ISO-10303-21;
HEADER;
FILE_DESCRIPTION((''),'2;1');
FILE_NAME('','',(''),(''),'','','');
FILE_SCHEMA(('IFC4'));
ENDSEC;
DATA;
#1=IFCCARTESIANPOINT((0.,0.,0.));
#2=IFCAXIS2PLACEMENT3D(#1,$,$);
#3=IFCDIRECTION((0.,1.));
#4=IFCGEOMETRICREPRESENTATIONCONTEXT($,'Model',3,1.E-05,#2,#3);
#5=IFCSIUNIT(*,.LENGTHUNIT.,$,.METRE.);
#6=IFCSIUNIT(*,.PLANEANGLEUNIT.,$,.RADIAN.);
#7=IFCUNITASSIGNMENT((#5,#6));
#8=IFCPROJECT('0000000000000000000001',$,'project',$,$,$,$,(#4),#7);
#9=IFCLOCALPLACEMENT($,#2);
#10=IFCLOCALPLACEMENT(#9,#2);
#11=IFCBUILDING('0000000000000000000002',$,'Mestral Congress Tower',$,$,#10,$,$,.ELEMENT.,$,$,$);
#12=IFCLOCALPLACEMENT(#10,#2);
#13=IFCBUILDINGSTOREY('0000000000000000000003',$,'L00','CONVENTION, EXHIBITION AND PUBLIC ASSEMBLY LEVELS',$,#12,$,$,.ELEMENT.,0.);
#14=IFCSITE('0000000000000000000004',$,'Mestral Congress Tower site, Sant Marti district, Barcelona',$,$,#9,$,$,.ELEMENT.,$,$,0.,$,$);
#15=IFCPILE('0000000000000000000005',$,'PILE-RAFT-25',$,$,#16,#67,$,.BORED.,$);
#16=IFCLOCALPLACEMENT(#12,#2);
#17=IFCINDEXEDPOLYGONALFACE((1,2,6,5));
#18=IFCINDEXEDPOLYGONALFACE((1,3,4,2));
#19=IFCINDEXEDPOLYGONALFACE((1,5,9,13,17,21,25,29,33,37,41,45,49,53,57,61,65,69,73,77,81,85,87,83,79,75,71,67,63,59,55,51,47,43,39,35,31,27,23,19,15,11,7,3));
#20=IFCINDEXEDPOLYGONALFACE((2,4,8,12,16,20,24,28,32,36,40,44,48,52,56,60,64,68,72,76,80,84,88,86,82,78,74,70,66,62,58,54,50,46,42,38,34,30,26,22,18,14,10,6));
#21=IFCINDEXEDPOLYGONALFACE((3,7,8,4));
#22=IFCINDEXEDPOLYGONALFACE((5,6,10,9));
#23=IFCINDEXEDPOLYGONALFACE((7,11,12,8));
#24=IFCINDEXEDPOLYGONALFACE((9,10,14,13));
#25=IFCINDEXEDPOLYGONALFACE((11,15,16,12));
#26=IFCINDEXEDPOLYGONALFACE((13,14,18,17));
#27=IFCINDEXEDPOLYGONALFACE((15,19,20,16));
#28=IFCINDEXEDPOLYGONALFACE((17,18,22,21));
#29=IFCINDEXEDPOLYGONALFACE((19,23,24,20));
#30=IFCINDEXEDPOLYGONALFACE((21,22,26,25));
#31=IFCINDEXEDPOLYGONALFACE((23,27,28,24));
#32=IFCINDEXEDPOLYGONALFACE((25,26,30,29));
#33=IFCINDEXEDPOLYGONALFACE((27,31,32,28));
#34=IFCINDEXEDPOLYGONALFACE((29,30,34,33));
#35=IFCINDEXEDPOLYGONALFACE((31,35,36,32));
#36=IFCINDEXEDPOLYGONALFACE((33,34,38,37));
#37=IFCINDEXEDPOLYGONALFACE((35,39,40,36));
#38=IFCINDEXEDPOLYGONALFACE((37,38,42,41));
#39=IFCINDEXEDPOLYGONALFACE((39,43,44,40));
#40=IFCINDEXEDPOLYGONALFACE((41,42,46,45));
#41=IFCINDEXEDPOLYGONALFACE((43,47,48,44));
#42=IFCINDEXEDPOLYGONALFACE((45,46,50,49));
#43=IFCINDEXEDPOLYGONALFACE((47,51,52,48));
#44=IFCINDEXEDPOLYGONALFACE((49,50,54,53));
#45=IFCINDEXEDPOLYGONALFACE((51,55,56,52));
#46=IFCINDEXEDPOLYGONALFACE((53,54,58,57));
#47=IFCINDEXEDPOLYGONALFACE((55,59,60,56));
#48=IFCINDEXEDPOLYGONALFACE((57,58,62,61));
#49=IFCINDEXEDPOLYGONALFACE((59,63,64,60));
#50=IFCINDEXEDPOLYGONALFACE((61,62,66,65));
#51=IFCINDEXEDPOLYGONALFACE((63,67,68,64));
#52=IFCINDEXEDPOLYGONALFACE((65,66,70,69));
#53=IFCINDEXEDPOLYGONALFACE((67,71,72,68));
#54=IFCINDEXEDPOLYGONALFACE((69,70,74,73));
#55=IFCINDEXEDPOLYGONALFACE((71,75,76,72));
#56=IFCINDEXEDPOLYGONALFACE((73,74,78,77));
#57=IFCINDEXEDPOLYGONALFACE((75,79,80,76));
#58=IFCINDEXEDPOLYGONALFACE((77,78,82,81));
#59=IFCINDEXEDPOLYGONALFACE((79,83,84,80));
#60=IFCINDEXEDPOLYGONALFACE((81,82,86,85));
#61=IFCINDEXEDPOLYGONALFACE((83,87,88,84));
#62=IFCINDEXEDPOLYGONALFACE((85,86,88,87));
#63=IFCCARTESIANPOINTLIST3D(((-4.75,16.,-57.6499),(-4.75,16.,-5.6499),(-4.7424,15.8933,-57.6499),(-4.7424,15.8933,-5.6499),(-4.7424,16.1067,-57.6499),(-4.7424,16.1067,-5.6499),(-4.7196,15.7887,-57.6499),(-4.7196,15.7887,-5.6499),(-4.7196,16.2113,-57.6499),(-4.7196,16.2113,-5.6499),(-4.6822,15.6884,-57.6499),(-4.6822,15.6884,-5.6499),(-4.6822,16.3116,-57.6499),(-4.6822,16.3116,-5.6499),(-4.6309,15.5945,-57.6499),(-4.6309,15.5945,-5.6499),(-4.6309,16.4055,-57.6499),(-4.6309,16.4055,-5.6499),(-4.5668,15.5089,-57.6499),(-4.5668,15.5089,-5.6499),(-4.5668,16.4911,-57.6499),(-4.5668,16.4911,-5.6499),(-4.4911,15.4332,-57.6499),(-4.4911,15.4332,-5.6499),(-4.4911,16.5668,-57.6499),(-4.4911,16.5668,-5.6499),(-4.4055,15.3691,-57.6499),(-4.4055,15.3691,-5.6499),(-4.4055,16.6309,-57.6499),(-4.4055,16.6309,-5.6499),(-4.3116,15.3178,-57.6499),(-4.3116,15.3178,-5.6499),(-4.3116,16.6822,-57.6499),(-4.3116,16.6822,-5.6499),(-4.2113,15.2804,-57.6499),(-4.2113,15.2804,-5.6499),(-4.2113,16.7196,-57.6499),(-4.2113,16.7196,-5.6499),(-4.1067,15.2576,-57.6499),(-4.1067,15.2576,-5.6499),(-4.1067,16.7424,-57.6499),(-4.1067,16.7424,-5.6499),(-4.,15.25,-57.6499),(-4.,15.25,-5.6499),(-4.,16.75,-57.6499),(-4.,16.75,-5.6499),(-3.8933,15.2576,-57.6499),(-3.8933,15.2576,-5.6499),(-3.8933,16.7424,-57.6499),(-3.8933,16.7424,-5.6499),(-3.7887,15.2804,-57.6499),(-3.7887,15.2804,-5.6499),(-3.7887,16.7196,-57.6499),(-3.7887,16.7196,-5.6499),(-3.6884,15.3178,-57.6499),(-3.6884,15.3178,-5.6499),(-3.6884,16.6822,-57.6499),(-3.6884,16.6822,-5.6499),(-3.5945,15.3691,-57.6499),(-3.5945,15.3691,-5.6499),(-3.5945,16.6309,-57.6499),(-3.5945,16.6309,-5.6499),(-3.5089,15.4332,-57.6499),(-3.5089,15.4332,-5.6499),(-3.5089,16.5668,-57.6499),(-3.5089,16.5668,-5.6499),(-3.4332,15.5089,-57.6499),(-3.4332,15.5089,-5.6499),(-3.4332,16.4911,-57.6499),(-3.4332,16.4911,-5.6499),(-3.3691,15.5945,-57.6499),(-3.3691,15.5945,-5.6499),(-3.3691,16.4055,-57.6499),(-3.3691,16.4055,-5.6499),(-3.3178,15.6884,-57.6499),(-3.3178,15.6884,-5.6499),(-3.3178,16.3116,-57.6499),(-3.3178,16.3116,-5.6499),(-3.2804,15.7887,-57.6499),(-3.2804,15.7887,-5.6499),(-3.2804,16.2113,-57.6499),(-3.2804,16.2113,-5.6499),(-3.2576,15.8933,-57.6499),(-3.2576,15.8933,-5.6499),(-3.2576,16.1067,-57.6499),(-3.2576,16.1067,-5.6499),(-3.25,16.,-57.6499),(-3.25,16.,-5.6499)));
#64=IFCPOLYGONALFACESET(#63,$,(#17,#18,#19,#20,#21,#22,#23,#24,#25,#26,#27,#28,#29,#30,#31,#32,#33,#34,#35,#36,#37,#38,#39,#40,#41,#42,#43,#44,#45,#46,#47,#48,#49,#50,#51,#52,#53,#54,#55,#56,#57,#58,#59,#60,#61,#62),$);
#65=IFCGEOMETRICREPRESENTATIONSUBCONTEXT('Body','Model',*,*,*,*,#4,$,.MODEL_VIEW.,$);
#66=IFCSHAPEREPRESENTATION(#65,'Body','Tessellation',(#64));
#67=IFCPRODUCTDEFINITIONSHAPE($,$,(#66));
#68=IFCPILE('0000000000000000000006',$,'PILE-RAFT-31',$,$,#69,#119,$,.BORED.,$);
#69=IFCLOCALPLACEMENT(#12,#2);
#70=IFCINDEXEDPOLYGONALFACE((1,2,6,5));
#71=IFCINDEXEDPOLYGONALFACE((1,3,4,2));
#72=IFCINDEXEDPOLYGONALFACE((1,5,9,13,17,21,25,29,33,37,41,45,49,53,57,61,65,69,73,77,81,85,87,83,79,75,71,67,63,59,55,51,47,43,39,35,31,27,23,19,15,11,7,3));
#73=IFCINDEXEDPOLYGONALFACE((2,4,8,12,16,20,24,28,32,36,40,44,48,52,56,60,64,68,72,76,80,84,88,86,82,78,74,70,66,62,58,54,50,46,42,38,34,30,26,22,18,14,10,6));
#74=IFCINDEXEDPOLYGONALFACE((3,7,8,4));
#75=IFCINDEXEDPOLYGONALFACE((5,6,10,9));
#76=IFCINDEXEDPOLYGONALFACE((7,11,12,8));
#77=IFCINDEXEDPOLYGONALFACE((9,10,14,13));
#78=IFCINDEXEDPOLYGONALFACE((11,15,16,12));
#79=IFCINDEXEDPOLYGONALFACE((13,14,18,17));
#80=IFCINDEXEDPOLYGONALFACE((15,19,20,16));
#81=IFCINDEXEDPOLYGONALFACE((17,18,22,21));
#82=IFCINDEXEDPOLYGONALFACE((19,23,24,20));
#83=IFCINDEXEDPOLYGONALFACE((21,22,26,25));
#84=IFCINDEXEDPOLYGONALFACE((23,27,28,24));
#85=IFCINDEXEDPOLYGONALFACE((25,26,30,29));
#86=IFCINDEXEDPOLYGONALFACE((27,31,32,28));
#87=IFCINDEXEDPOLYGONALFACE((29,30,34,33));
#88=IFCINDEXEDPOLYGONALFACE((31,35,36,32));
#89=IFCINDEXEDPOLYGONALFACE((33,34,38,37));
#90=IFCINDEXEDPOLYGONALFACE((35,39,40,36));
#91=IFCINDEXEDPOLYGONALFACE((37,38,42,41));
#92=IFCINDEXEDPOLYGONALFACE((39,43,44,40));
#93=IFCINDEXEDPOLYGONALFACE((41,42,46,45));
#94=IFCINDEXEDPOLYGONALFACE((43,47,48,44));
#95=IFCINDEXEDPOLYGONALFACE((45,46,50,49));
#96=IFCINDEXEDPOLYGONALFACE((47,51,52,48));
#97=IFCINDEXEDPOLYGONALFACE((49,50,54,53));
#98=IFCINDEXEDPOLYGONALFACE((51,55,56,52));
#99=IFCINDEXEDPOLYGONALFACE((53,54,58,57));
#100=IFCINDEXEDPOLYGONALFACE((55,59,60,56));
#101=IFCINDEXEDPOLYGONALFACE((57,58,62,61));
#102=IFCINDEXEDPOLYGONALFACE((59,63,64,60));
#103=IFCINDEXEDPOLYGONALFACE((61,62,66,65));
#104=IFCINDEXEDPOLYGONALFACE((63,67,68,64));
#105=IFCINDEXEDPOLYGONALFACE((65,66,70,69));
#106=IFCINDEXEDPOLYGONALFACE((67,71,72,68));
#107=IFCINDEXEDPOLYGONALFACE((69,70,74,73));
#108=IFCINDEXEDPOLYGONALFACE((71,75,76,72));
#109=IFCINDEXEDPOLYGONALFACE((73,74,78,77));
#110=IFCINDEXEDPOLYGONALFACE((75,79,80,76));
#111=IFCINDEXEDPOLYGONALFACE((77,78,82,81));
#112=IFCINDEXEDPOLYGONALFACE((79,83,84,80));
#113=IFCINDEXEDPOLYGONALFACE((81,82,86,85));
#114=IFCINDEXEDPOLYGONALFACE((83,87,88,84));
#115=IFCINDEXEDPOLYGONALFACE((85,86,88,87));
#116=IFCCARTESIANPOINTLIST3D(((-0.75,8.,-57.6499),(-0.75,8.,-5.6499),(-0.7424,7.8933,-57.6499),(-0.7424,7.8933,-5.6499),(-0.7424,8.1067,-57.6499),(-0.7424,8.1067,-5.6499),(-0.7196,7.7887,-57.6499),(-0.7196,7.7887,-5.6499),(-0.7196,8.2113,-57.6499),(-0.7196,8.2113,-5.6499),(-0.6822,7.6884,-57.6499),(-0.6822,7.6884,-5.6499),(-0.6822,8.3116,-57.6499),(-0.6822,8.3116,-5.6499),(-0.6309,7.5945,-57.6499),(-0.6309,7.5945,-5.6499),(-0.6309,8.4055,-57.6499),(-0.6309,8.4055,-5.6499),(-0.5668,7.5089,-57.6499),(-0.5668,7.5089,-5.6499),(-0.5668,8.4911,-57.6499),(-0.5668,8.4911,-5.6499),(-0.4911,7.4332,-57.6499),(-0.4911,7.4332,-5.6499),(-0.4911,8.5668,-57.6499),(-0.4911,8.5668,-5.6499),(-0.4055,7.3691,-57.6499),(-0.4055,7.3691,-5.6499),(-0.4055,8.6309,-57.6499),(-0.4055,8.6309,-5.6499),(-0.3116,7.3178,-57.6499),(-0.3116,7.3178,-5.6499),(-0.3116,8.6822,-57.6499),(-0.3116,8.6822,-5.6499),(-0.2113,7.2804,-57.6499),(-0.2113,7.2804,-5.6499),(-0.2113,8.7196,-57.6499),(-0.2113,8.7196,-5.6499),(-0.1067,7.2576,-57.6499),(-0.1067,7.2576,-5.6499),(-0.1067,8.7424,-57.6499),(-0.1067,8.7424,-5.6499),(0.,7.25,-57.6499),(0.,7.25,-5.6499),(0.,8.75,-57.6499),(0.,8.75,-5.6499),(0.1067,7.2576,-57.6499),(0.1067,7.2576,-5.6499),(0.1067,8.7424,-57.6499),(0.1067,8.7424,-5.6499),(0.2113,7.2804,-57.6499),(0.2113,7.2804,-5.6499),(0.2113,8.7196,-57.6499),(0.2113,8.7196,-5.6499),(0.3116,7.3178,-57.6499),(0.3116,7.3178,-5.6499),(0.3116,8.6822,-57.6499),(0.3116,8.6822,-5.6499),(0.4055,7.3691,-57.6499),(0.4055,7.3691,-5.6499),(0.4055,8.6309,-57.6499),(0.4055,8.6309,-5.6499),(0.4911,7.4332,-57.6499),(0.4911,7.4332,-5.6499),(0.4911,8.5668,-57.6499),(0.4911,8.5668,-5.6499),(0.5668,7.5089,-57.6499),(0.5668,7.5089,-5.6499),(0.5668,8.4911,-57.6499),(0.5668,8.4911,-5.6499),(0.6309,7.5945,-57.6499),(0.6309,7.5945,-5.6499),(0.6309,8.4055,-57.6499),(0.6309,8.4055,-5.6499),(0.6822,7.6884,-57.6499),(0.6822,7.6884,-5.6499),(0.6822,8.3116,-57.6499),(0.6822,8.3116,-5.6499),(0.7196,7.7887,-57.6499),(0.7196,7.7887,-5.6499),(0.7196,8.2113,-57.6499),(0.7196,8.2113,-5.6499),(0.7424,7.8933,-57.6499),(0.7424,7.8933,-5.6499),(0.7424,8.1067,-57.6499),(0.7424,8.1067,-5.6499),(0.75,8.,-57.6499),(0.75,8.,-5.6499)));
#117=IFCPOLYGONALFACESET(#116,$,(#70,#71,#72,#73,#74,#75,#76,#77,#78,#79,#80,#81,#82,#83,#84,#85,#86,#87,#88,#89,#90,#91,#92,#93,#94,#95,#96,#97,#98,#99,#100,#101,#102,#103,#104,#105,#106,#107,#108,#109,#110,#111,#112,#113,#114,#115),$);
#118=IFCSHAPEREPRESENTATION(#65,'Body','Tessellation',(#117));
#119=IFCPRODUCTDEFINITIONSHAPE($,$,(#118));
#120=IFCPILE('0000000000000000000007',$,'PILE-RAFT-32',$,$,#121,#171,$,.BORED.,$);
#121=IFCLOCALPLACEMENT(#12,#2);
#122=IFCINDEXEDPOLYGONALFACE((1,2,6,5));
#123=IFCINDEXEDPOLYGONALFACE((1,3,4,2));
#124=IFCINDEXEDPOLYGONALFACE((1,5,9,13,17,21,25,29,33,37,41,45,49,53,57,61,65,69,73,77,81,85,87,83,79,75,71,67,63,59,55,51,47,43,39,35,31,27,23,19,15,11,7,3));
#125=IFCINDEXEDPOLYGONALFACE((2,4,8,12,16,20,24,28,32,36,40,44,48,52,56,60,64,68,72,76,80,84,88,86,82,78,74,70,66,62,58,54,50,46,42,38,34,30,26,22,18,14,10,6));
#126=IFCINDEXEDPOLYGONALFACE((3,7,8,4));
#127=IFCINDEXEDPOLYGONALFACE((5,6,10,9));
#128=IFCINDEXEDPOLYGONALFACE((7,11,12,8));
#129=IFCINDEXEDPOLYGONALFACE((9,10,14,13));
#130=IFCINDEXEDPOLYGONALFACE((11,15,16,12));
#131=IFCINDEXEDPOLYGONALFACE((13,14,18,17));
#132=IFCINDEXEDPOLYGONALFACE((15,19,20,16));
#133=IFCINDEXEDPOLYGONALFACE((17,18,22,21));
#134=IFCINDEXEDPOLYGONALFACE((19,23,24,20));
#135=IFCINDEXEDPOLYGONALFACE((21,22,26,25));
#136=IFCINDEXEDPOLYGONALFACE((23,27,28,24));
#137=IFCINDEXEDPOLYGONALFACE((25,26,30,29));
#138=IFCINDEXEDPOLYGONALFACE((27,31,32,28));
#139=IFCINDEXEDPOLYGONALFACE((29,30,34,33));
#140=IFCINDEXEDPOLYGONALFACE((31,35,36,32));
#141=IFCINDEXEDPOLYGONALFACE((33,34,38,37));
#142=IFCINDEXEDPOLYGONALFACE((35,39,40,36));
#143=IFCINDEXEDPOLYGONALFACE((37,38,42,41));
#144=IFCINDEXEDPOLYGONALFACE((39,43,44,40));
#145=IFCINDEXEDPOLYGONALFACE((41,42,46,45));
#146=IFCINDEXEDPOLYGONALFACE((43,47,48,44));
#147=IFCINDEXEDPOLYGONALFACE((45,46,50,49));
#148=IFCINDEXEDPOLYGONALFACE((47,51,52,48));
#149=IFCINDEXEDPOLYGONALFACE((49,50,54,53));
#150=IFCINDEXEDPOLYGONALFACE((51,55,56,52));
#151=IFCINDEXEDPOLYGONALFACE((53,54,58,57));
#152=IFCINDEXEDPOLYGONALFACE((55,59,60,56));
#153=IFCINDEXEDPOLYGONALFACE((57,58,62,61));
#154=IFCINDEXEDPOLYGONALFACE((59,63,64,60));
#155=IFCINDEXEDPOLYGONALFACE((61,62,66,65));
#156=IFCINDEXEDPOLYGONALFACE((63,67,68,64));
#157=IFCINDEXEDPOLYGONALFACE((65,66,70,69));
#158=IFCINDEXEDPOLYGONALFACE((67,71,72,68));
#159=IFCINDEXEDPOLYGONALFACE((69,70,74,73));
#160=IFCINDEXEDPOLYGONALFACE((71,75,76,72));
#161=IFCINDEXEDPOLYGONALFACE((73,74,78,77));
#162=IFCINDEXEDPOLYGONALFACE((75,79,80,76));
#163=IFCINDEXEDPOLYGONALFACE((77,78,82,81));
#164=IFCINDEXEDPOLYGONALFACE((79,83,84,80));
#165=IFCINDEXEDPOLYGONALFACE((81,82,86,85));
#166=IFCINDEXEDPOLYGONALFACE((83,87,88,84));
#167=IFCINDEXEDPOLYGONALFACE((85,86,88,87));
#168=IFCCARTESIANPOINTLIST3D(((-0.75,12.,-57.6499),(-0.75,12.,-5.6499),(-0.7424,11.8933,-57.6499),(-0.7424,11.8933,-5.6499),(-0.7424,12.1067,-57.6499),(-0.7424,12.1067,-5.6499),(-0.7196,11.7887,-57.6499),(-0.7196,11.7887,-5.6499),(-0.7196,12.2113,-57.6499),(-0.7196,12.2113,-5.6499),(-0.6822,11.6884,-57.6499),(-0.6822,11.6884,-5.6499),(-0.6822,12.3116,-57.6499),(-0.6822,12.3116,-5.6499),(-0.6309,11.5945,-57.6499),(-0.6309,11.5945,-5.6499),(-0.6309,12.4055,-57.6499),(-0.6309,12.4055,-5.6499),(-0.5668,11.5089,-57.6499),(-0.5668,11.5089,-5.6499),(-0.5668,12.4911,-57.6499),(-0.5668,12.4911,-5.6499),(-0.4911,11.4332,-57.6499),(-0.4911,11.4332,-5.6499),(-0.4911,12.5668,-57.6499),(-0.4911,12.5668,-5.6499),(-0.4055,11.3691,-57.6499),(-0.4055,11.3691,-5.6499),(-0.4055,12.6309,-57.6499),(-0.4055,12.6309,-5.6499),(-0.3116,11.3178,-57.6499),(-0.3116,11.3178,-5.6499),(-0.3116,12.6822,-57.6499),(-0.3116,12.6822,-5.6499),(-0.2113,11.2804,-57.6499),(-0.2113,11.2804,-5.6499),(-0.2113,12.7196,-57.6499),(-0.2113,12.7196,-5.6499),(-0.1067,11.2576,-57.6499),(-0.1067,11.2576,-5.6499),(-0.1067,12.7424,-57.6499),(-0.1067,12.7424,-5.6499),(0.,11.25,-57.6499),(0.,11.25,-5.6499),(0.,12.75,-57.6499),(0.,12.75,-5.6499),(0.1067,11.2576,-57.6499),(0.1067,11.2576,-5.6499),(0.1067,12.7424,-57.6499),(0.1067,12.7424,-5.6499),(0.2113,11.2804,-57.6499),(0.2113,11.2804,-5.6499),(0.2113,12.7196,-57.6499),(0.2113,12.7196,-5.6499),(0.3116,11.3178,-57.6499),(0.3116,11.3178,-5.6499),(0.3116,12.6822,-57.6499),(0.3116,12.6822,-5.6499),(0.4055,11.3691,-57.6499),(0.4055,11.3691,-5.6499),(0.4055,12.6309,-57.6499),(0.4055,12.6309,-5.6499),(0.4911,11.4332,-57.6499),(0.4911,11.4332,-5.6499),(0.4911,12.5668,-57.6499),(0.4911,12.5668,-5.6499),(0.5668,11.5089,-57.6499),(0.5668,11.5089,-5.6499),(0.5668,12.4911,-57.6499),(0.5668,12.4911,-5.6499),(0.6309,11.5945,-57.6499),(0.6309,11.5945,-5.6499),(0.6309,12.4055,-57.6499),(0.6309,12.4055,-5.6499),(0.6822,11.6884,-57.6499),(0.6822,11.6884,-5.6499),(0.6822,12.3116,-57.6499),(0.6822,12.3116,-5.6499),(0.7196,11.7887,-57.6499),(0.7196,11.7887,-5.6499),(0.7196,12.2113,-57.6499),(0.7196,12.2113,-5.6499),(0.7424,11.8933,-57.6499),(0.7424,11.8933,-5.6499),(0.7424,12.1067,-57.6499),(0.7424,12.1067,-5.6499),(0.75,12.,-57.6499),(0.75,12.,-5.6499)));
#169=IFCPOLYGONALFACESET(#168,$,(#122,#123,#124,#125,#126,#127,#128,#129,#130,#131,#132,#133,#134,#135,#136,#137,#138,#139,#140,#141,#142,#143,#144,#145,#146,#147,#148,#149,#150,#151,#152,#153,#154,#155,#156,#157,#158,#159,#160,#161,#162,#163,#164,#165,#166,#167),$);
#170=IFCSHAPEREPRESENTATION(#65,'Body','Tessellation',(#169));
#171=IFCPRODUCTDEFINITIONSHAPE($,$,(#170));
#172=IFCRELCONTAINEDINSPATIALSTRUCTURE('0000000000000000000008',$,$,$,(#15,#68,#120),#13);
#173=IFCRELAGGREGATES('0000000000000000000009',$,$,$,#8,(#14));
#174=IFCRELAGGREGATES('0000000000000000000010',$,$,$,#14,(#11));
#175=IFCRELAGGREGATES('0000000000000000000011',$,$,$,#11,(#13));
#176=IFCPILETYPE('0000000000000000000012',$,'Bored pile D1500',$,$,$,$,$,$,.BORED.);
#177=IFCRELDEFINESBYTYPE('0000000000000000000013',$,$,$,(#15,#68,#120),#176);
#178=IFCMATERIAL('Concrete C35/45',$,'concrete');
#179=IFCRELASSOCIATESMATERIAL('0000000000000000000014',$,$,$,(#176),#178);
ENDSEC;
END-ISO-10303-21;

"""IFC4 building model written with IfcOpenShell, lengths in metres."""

from ifc_helpers import new_model, si_unit, direction, frame, origin, origin_2d, place, context, subcontext, project, spatial, circle, extrude, material, material_profile, profile_set, type_object, element, save


model = new_model("IFC4")

# Units and contexts
model_context = context("Model", 3, precision=1e-05, world=origin(), true_north=direction((0.0, 1.0)))
body_context = subcontext(model_context, "Body", "Model", "MODEL_VIEW")
ifc_project = project(units=[si_unit("LENGTHUNIT", "METRE"), si_unit("PLANEANGLEUNIT", "RADIAN")], contexts=[model_context])

# Site, building, storey
site_placement = place(None, origin())
site = spatial("IfcSite", under=ifc_project, at=site_placement, Name="Mestral Congress Tower site, Sant Marti district, Barcelona", CompositionType="ELEMENT", RefElevation=0.0)
building_placement = place(site_placement, origin())
building = spatial("IfcBuilding", under=site, at=building_placement, Name="Mestral Congress Tower", CompositionType="ELEMENT")
storey_placement = place(building_placement, origin())
storey = spatial("IfcBuildingStorey", under=building, at=storey_placement, Name="L00", Description="CONVENTION, EXHIBITION AND PUBLIC ASSEMBLY LEVELS", CompositionType="ELEMENT", Elevation=0.0)

# Piles
ifc_material_1 = material(Name="Concrete C35/45", Category="concrete")
ifc_material_profile = material_profile(ifc_material_1, circle(Radius=0.75, at=origin_2d()), Name="D1500")
ifc_profile_set = profile_set([ifc_material_profile], Name="Concrete C35/45")
pile_type = type_object("IfcPileType", Name="Bored pile D1500", PredefinedType="BORED", material=ifc_profile_set)
for number, where, z_axis, x_axis, name in (
    (1, (-4.0, 16.0, -5.6499), (0.0, 0.0, -1.0), (1.0, 0.0, 0.0), "PILE-RAFT-25"),
    (2, (0.0, 8.0, -5.6499), (0.0, 0.0, -1.0), (1.0, 0.0, 0.0), "PILE-RAFT-31"),
    (3, (0.0, 12.0, -5.6499), (0.0, 0.0, -1.0), (1.0, 0.0, 0.0), "PILE-RAFT-32"),
):
    element("IfcPile", number, at=place(storey_placement, frame(where, z_axis=z_axis, x_axis=x_axis)), inside=storey, type_object=pile_type, Name=name, PredefinedType="BORED", context=body_context, shape_type="SweptSolid", body=[
        extrude(circle(Radius=0.75, at=origin_2d()), origin(), (0.0, 0.0, 1.0), 52.0),
    ])

save(model, "model.ifc")
